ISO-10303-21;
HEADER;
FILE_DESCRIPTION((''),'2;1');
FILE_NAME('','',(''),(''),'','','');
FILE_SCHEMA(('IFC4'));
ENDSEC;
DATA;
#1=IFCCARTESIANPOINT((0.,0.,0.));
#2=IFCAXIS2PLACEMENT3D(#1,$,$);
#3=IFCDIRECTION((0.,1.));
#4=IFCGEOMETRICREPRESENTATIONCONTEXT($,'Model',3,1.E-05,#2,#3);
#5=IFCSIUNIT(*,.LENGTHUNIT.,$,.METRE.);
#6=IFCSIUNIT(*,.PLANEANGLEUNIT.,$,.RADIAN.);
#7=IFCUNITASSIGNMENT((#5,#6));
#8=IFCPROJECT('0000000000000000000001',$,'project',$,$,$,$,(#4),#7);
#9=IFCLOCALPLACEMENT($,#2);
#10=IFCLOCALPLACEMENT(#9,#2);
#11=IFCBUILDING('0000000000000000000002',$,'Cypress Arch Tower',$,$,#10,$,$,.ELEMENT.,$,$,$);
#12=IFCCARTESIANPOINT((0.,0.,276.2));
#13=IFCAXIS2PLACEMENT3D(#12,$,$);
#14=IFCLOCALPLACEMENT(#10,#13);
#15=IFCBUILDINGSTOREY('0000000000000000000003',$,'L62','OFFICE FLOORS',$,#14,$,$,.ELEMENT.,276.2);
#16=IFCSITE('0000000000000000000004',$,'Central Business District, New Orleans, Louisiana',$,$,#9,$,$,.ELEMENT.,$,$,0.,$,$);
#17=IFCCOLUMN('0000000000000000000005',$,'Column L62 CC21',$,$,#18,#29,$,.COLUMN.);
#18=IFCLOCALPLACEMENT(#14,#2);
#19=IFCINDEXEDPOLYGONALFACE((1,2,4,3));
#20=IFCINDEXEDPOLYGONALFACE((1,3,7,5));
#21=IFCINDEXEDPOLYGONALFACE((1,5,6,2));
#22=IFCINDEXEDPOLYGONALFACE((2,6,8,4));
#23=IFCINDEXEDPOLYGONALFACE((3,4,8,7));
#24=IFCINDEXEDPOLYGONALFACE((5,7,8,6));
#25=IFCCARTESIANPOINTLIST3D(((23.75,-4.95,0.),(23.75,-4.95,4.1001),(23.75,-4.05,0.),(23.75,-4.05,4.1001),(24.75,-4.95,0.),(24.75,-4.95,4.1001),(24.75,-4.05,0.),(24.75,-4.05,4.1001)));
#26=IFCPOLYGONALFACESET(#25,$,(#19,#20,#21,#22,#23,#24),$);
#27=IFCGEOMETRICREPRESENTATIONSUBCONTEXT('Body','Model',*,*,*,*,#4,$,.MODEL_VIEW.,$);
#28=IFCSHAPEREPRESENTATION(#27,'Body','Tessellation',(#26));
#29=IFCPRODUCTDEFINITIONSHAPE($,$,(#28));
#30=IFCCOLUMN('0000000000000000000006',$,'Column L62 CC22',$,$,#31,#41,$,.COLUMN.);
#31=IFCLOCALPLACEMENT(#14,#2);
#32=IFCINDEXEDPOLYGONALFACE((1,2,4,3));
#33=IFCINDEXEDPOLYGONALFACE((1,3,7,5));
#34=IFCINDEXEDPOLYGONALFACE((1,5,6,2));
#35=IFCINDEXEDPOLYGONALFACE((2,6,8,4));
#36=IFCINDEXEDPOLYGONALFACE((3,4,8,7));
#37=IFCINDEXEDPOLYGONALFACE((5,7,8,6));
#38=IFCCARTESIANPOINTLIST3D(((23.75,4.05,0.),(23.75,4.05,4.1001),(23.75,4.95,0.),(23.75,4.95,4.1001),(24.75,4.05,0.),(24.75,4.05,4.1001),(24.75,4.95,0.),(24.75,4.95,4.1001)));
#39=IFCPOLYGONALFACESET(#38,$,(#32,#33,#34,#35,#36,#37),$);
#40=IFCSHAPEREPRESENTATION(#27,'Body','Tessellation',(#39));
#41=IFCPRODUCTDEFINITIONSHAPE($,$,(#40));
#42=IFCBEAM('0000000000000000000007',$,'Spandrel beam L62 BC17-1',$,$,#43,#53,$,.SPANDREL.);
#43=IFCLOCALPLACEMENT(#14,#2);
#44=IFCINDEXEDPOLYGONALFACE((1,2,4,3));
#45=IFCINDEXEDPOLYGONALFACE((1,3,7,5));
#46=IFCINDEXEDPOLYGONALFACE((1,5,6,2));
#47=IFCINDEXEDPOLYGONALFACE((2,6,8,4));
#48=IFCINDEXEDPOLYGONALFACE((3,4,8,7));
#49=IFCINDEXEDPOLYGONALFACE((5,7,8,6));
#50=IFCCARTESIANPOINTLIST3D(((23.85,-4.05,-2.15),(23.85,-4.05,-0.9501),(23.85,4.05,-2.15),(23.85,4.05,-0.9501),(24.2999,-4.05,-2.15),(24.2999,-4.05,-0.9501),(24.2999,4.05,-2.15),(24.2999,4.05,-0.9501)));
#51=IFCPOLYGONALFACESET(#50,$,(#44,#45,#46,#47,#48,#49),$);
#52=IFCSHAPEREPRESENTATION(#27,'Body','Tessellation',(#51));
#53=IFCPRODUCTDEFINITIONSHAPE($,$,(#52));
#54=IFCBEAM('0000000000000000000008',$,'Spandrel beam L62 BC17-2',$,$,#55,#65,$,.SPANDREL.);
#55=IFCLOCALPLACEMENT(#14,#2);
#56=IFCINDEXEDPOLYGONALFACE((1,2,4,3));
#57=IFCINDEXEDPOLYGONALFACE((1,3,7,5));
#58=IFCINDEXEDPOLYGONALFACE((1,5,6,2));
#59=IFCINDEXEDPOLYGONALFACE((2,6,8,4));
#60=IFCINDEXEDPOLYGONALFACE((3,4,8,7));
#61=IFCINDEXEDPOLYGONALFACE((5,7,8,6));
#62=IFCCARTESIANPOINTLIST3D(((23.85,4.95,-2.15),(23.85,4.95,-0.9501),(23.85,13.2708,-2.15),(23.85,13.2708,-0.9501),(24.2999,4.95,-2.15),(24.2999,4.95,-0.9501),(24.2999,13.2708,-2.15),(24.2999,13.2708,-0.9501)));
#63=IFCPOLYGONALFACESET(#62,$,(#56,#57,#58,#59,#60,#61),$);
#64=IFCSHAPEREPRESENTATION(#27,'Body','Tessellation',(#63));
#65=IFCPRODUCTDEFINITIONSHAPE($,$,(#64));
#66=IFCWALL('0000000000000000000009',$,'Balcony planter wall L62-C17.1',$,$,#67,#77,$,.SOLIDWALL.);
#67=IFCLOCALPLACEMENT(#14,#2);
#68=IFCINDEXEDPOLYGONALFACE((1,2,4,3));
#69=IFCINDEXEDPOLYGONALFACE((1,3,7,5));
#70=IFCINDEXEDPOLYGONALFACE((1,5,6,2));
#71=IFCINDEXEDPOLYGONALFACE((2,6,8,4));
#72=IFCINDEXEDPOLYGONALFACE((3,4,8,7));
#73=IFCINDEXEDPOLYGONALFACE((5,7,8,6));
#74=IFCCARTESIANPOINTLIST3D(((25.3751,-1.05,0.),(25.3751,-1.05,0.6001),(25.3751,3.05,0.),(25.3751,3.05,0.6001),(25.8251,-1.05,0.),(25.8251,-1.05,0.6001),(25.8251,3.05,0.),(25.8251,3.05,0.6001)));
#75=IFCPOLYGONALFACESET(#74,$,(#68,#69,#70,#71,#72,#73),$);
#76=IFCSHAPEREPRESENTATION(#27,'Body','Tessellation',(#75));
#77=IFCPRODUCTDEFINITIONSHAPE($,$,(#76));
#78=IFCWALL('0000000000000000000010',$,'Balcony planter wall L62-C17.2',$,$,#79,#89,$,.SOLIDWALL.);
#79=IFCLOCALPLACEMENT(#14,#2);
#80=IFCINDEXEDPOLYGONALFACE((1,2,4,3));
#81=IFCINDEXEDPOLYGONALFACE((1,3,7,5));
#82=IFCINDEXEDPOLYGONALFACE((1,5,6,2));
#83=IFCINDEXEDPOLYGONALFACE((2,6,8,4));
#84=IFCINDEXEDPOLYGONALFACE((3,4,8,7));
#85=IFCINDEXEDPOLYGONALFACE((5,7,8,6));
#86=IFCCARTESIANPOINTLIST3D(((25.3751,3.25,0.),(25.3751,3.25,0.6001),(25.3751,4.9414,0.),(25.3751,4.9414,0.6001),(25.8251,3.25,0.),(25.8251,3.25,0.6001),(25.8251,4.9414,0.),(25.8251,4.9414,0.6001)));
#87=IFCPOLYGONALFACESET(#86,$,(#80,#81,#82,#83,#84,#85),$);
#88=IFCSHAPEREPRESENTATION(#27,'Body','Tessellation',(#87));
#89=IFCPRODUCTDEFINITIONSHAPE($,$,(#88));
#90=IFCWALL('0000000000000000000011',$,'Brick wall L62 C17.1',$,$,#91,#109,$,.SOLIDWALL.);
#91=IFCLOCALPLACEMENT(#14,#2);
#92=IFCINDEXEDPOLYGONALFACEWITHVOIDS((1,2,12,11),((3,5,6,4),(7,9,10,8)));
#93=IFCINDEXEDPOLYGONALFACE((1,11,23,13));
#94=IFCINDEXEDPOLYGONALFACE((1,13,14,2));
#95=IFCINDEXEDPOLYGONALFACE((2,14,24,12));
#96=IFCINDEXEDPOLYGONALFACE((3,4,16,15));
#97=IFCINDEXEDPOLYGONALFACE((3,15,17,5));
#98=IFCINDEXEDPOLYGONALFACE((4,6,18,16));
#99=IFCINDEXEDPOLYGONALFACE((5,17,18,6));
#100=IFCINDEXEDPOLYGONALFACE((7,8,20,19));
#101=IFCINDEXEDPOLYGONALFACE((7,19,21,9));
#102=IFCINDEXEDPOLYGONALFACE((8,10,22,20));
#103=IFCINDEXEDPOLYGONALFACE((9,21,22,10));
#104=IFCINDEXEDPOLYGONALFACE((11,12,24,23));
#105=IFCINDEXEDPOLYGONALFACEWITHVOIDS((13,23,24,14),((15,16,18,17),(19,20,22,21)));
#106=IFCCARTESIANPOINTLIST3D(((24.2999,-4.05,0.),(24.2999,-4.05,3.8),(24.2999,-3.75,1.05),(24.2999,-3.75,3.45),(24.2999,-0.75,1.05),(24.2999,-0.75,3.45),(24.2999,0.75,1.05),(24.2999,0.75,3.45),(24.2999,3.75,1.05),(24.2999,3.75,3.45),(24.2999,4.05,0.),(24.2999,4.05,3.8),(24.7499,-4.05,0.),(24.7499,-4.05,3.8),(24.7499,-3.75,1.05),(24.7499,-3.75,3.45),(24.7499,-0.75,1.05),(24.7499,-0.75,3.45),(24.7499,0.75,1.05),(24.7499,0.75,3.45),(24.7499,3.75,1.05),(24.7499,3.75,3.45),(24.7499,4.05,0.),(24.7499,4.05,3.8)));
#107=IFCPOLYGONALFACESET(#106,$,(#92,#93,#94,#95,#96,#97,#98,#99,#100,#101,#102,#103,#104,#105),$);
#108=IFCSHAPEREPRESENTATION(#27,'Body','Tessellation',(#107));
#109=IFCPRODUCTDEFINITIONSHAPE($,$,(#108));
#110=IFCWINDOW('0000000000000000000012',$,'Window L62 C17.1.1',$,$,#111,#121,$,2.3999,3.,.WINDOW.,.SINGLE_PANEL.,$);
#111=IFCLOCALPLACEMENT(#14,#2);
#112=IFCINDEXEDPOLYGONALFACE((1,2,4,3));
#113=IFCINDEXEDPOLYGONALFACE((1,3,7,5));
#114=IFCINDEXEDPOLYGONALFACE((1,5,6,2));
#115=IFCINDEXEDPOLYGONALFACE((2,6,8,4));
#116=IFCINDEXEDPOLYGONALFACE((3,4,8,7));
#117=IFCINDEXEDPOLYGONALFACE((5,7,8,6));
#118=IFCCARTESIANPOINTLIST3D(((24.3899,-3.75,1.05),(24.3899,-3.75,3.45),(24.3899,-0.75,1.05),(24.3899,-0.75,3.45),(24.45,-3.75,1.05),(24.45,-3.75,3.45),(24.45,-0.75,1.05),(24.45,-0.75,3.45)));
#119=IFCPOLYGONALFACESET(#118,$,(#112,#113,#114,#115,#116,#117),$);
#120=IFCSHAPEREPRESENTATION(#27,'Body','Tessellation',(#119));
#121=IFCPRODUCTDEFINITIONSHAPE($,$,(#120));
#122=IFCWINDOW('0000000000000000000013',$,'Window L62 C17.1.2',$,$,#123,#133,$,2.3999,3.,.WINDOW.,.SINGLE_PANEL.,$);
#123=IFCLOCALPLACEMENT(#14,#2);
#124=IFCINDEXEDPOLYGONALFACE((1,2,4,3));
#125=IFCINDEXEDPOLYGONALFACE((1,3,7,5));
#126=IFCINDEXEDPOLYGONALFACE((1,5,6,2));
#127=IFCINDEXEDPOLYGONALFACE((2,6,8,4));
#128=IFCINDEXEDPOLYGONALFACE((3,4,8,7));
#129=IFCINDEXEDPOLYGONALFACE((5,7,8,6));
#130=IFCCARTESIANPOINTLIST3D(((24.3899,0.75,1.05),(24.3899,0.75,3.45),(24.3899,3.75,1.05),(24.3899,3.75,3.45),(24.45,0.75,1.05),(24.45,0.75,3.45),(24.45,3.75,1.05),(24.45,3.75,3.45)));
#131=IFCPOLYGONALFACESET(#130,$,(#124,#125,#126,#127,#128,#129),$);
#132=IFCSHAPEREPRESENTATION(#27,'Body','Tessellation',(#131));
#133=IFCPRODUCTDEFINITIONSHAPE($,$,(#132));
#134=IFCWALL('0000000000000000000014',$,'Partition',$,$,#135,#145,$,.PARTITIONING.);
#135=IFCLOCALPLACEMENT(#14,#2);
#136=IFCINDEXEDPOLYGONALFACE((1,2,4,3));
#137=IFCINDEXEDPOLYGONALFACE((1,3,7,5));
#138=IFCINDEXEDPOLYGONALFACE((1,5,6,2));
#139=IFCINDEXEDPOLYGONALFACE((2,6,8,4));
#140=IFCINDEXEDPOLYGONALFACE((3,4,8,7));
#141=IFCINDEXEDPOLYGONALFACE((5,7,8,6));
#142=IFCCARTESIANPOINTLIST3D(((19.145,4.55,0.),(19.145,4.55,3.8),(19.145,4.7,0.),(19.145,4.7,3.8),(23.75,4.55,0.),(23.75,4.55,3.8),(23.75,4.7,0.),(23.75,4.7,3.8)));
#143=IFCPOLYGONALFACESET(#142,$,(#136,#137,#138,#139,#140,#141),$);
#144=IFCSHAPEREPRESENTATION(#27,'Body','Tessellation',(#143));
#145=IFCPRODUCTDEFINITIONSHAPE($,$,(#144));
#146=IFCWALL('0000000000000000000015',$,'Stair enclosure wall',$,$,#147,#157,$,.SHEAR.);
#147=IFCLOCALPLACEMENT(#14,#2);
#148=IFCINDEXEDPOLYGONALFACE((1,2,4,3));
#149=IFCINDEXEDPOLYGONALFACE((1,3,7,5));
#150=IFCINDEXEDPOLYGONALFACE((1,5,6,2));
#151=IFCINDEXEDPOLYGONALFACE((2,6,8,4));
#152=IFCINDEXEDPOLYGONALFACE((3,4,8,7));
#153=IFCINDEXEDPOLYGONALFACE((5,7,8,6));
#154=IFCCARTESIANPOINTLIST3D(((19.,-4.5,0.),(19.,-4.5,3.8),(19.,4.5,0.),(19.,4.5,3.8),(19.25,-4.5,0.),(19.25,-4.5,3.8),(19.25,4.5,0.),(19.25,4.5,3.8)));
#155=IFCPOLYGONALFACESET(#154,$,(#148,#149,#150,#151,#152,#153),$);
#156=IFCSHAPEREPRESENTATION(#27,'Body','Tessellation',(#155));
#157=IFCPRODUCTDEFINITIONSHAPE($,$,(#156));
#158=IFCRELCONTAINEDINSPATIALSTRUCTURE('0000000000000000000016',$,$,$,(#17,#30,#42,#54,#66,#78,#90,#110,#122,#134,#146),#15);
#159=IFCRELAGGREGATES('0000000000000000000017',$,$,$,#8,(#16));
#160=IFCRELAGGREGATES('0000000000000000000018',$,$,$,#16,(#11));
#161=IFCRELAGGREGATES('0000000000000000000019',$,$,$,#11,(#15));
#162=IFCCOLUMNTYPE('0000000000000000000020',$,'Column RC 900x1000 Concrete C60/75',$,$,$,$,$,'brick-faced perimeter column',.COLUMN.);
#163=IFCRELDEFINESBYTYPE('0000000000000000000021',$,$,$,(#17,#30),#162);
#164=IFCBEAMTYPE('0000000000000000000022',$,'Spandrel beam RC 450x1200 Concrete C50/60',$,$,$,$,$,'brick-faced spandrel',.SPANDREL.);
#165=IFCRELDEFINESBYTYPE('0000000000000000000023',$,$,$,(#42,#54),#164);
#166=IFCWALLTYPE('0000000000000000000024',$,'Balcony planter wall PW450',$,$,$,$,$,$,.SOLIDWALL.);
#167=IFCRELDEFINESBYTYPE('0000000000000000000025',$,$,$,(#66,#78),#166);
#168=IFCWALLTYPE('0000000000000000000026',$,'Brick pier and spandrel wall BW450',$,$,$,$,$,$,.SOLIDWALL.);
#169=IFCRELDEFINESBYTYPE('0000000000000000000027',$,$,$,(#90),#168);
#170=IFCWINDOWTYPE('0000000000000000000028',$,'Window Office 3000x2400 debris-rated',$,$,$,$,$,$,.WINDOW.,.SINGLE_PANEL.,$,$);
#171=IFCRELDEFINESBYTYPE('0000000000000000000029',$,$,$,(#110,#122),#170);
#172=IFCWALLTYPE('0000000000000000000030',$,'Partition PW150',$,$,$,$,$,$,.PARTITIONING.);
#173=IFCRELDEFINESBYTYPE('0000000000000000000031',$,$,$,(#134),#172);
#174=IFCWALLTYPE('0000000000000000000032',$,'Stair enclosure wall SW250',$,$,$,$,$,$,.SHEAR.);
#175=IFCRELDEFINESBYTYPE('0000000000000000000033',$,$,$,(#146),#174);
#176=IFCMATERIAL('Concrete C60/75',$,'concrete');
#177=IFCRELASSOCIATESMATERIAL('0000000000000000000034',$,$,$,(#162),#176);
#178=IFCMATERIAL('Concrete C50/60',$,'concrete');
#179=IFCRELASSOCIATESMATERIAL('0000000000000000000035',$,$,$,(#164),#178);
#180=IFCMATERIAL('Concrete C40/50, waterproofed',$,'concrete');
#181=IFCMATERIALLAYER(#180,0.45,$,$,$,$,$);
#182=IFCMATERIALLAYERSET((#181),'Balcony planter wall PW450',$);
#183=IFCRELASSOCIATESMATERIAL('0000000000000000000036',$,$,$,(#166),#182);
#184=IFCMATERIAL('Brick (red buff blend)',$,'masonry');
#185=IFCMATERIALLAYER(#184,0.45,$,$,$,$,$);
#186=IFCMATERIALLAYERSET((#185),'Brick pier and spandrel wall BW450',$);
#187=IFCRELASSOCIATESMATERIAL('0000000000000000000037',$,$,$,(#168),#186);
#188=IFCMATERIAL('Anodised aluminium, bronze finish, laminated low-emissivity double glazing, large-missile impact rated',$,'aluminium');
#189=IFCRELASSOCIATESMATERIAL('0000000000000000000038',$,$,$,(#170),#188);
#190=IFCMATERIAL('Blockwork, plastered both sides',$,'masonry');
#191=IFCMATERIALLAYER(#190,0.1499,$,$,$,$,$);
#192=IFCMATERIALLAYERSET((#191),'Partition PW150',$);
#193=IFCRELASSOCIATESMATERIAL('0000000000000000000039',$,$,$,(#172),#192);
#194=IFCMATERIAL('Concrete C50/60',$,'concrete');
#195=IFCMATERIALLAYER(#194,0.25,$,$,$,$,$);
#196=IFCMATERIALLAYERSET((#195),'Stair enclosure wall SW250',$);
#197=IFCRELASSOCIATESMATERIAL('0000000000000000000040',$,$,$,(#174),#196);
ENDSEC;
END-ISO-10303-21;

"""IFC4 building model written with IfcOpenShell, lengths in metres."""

from ifc_helpers import new_model, si_unit, direction, frame, frame_2d, origin, origin_2d, place, context, subcontext, project, spatial, rectangle, extrude, material, layer, layer_set, material_profile, profile_set, type_object, element, fill, save


model = new_model("IFC4")

# Units and contexts
model_context = context("Model", 3, precision=1e-05, world=origin(), true_north=direction((0.0, 1.0)))
body_context = subcontext(model_context, "Body", "Model", "MODEL_VIEW")
ifc_project = project(units=[si_unit("LENGTHUNIT", "METRE"), si_unit("PLANEANGLEUNIT", "RADIAN")], contexts=[model_context])

# Site, building, storey
site_placement = place(None, origin())
site = spatial("IfcSite", under=ifc_project, at=site_placement, Name="Central Business District, New Orleans, Louisiana", CompositionType="ELEMENT", RefElevation=0.0)
building_placement = place(site_placement, origin())
building = spatial("IfcBuilding", under=site, at=building_placement, Name="Cypress Arch Tower", CompositionType="ELEMENT")
storey_placement = place(building_placement, frame((0.0, 0.0, 276.2)))
storey = spatial("IfcBuildingStorey", under=building, at=storey_placement, Name="L62", Description="OFFICE FLOORS", CompositionType="ELEMENT", Elevation=276.2)

# Columns
ifc_material_1 = material(Name="Concrete C60/75", Category="concrete")
ifc_material_profile_1 = material_profile(ifc_material_1, rectangle(XDim=0.8999, YDim=1.0, at=origin_2d()), Name="RC 900x1000")
ifc_profile_set_1 = profile_set([ifc_material_profile_1], Name="Concrete C60/75")
column_type = type_object("IfcColumnType", Name="Column RC 900x1000 Concrete C60/75", ElementType="brick-faced perimeter column", PredefinedType="COLUMN", material=ifc_profile_set_1)
for number, where, z_axis, x_axis, name in (
    (1, (24.25, -4.5, 0.0), (0.0, 0.0, 1.0), (0.0, 1.0, 0.0), "Column L62 CC21"),
    (2, (24.25, 4.5, 0.0), (0.0, 0.0, 1.0), (0.0, 1.0, 0.0), "Column L62 CC22"),
):
    element("IfcColumn", number, at=place(storey_placement, frame(where, z_axis=z_axis, x_axis=x_axis)), inside=storey, type_object=column_type, Name=name, PredefinedType="COLUMN", context=body_context, shape_type="SweptSolid", body=[
        extrude(rectangle(XDim=0.8999, YDim=1.0, at=origin_2d()), origin(), (0.0, 0.0, 1.0), 4.1001),
    ])

# Beams
ifc_material_2 = material(Name="Concrete C50/60", Category="concrete")
ifc_material_profile_2 = material_profile(ifc_material_2, rectangle(XDim=0.45, YDim=1.2, at=origin_2d()), Name="RC 450x1200")
ifc_profile_set_2 = profile_set([ifc_material_profile_2], Name="Concrete C50/60")
beam_type = type_object("IfcBeamType", Name="Spandrel beam RC 450x1200 Concrete C50/60", ElementType="brick-faced spandrel", PredefinedType="SPANDREL", material=ifc_profile_set_2)
beam_1_placement = place(storey_placement, frame((24.075, -4.05, -1.55), z_axis=(0.0, 1.0, 0.0), x_axis=(-1.0, 0.0, 0.0)))
element("IfcBeam", 3, at=beam_1_placement, inside=storey, type_object=beam_type, Name="Spandrel beam L62 BC17-1", PredefinedType="SPANDREL", context=body_context, shape_type="SweptSolid", body=[
    extrude(rectangle(XDim=0.45, YDim=1.2, at=origin_2d()), origin(), (0.0, 0.0, 1.0), 8.1001),
])
beam_2_placement = place(storey_placement, frame((24.075, 4.95, -1.55), z_axis=(0.0, 1.0, 0.0), x_axis=(-1.0, 0.0, 0.0)))
element("IfcBeam", 4, at=beam_2_placement, inside=storey, type_object=beam_type, Name="Spandrel beam L62 BC17-2", PredefinedType="SPANDREL", context=body_context, shape_type="SweptSolid", body=[
    extrude(rectangle(XDim=0.45, YDim=1.2, at=origin_2d()), origin(), (0.0, 0.0, 1.0), 8.3208),
])

# Walls
ifc_material_3 = material(Name="Concrete C40/50, waterproofed", Category="concrete")
ifc_layer_1 = layer(ifc_material_3, 0.45)
ifc_layer_set_1 = layer_set([ifc_layer_1], Name="Balcony planter wall PW450")
wall_type_1 = type_object("IfcWallType", Name="Balcony planter wall PW450", PredefinedType="SOLIDWALL", material=ifc_layer_set_1)
wall_1_placement = place(storey_placement, frame((25.6001, -1.05, 0.0), z_axis=(0.0, 0.0, 1.0), x_axis=(0.0, 1.0, 0.0)))
element("IfcWall", 5, at=wall_1_placement, inside=storey, type_object=wall_type_1, Name="Balcony planter wall L62-C17.1", PredefinedType="SOLIDWALL", context=body_context, shape_type="SweptSolid", body=[
    extrude(rectangle(XDim=4.1001, YDim=0.45, at=frame_2d((2.05, 0.0))), origin(), (0.0, 0.0, 1.0), 0.6001),
])
wall_2_placement = place(storey_placement, frame((25.6001, 3.25, 0.0), z_axis=(0.0, 0.0, 1.0), x_axis=(0.0, 1.0, 0.0)))
element("IfcWall", 6, at=wall_2_placement, inside=storey, type_object=wall_type_1, Name="Balcony planter wall L62-C17.2", PredefinedType="SOLIDWALL", context=body_context, shape_type="SweptSolid", body=[
    extrude(rectangle(XDim=1.6914, YDim=0.45, at=frame_2d((0.8457, 0.0))), origin(), (0.0, 0.0, 1.0), 0.6001),
])

# Wall, openings, windows
ifc_material_4 = material(Name="Brick (red buff blend)", Category="masonry")
ifc_layer_2 = layer(ifc_material_4, 0.45)
ifc_layer_set_2 = layer_set([ifc_layer_2], Name="Brick pier and spandrel wall BW450")
wall_type_2 = type_object("IfcWallType", Name="Brick pier and spandrel wall BW450", PredefinedType="SOLIDWALL", material=ifc_layer_set_2)
wall_3_placement = place(storey_placement, frame((24.5249, -4.05, 0.0), z_axis=(0.0, 0.0, 1.0), x_axis=(0.0, 1.0, 0.0)))
wall_3 = element("IfcWall", 7, at=wall_3_placement, inside=storey, type_object=wall_type_2, Name="Brick wall L62 C17.1", PredefinedType="SOLIDWALL", context=body_context, shape_type="SweptSolid", body=[
    extrude(rectangle(XDim=8.1001, YDim=0.45, at=frame_2d((4.05, 0.0))), origin(), (0.0, 0.0, 1.0), 3.8),
])
opening_1_placement = place(wall_3_placement, frame((0.3, 0.0, 1.05)))
opening_1 = element("IfcOpeningElement", 8, at=opening_1_placement, cuts=wall_3, PredefinedType="OPENING", context=body_context, shape_type="SweptSolid", body=[
    extrude(rectangle(XDim=3.0, YDim=2.3999, at=frame_2d((1.5, 1.2))), frame((0.0, 0.2349, 0.0), z_axis=(0.0, -1.0, 0.0), x_axis=(1.0, 0.0, 0.0)), (0.0, 0.0, 1.0), 0.47),
])
opening_2_placement = place(wall_3_placement, frame((4.8, 0.0, 1.05)))
opening_2 = element("IfcOpeningElement", 9, at=opening_2_placement, cuts=wall_3, PredefinedType="OPENING", context=body_context, shape_type="SweptSolid", body=[
    extrude(rectangle(XDim=3.0, YDim=2.3999, at=frame_2d((1.5, 1.2))), frame((0.0, 0.2349, 0.0), z_axis=(0.0, -1.0, 0.0), x_axis=(1.0, 0.0, 0.0)), (0.0, 0.0, 1.0), 0.47),
])
ifc_material_5 = material(Name="Anodised aluminium, bronze finish, laminated low-emissivity double glazing, large-missile impact rated", Category="aluminium")
window_type_1 = type_object("IfcWindowType", Name="Window Office 3000x2400 debris-rated", PartitioningType="SINGLE_PANEL", PredefinedType="WINDOW", material=ifc_material_5)
window_1_placement = place(opening_1_placement, origin())
window_1 = element("IfcWindow", 10, at=window_1_placement, inside=storey, type_object=window_type_1, Name="Window L62 C17.1.1", OverallHeight=2.3999, OverallWidth=3.0, PartitioningType="SINGLE_PANEL", PredefinedType="WINDOW", context=body_context, shape_type="SweptSolid", body=[
    extrude(rectangle(XDim=3.0, YDim=2.3999, at=frame_2d((1.5, 1.2))), frame((0.0, 0.135, 0.0), z_axis=(0.0, -1.0, 0.0), x_axis=(1.0, 0.0, 0.0)), (0.0, 0.0, 1.0), 0.0601),
])
fill(opening_1, window_1)
window_2_placement = place(opening_2_placement, origin())
window_2 = element("IfcWindow", 11, at=window_2_placement, inside=storey, type_object=window_type_1, Name="Window L62 C17.1.2", OverallHeight=2.3999, OverallWidth=3.0, PartitioningType="SINGLE_PANEL", PredefinedType="WINDOW", context=body_context, shape_type="SweptSolid", body=[
    extrude(rectangle(XDim=3.0, YDim=2.3999, at=frame_2d((1.5, 1.2))), frame((0.0, 0.135, 0.0), z_axis=(0.0, -1.0, 0.0), x_axis=(1.0, 0.0, 0.0)), (0.0, 0.0, 1.0), 0.0601),
])
fill(opening_2, window_2)

# Walls
ifc_material_6 = material(Name="Blockwork, plastered both sides", Category="masonry")
ifc_layer_3 = layer(ifc_material_6, 0.1499)
ifc_layer_set_3 = layer_set([ifc_layer_3], Name="Partition PW150")
wall_type_3 = type_object("IfcWallType", Name="Partition PW150", PredefinedType="PARTITIONING", material=ifc_layer_set_3)
wall_4_placement = place(storey_placement, frame((19.145, 4.625, 0.0), z_axis=(0.0, 0.0, 1.0), x_axis=(1.0, 0.0, 0.0)))
element("IfcWall", 12, at=wall_4_placement, inside=storey, type_object=wall_type_3, Name="Partition", PredefinedType="PARTITIONING", context=body_context, shape_type="SweptSolid", body=[
    extrude(rectangle(XDim=4.605, YDim=0.1499, at=frame_2d((2.3025, 0.0))), origin(), (0.0, 0.0, 1.0), 3.8),
])
ifc_material_7 = material(Name="Concrete C50/60", Category="concrete")
ifc_layer_4 = layer(ifc_material_7, 0.25)
ifc_layer_set_4 = layer_set([ifc_layer_4], Name="Stair enclosure wall SW250")
wall_type_4 = type_object("IfcWallType", Name="Stair enclosure wall SW250", PredefinedType="SHEAR", material=ifc_layer_set_4)
wall_5_placement = place(storey_placement, frame((19.125, -4.5, 0.0), z_axis=(0.0, 0.0, 1.0), x_axis=(0.0, 1.0, 0.0)))
element("IfcWall", 13, at=wall_5_placement, inside=storey, type_object=wall_type_4, Name="Stair enclosure wall", PredefinedType="SHEAR", context=body_context, shape_type="SweptSolid", body=[
    extrude(rectangle(XDim=9.0, YDim=0.25, at=frame_2d((4.5, 0.0))), origin(), (0.0, 0.0, 1.0), 3.8),
])

save(model, "model.ifc")
